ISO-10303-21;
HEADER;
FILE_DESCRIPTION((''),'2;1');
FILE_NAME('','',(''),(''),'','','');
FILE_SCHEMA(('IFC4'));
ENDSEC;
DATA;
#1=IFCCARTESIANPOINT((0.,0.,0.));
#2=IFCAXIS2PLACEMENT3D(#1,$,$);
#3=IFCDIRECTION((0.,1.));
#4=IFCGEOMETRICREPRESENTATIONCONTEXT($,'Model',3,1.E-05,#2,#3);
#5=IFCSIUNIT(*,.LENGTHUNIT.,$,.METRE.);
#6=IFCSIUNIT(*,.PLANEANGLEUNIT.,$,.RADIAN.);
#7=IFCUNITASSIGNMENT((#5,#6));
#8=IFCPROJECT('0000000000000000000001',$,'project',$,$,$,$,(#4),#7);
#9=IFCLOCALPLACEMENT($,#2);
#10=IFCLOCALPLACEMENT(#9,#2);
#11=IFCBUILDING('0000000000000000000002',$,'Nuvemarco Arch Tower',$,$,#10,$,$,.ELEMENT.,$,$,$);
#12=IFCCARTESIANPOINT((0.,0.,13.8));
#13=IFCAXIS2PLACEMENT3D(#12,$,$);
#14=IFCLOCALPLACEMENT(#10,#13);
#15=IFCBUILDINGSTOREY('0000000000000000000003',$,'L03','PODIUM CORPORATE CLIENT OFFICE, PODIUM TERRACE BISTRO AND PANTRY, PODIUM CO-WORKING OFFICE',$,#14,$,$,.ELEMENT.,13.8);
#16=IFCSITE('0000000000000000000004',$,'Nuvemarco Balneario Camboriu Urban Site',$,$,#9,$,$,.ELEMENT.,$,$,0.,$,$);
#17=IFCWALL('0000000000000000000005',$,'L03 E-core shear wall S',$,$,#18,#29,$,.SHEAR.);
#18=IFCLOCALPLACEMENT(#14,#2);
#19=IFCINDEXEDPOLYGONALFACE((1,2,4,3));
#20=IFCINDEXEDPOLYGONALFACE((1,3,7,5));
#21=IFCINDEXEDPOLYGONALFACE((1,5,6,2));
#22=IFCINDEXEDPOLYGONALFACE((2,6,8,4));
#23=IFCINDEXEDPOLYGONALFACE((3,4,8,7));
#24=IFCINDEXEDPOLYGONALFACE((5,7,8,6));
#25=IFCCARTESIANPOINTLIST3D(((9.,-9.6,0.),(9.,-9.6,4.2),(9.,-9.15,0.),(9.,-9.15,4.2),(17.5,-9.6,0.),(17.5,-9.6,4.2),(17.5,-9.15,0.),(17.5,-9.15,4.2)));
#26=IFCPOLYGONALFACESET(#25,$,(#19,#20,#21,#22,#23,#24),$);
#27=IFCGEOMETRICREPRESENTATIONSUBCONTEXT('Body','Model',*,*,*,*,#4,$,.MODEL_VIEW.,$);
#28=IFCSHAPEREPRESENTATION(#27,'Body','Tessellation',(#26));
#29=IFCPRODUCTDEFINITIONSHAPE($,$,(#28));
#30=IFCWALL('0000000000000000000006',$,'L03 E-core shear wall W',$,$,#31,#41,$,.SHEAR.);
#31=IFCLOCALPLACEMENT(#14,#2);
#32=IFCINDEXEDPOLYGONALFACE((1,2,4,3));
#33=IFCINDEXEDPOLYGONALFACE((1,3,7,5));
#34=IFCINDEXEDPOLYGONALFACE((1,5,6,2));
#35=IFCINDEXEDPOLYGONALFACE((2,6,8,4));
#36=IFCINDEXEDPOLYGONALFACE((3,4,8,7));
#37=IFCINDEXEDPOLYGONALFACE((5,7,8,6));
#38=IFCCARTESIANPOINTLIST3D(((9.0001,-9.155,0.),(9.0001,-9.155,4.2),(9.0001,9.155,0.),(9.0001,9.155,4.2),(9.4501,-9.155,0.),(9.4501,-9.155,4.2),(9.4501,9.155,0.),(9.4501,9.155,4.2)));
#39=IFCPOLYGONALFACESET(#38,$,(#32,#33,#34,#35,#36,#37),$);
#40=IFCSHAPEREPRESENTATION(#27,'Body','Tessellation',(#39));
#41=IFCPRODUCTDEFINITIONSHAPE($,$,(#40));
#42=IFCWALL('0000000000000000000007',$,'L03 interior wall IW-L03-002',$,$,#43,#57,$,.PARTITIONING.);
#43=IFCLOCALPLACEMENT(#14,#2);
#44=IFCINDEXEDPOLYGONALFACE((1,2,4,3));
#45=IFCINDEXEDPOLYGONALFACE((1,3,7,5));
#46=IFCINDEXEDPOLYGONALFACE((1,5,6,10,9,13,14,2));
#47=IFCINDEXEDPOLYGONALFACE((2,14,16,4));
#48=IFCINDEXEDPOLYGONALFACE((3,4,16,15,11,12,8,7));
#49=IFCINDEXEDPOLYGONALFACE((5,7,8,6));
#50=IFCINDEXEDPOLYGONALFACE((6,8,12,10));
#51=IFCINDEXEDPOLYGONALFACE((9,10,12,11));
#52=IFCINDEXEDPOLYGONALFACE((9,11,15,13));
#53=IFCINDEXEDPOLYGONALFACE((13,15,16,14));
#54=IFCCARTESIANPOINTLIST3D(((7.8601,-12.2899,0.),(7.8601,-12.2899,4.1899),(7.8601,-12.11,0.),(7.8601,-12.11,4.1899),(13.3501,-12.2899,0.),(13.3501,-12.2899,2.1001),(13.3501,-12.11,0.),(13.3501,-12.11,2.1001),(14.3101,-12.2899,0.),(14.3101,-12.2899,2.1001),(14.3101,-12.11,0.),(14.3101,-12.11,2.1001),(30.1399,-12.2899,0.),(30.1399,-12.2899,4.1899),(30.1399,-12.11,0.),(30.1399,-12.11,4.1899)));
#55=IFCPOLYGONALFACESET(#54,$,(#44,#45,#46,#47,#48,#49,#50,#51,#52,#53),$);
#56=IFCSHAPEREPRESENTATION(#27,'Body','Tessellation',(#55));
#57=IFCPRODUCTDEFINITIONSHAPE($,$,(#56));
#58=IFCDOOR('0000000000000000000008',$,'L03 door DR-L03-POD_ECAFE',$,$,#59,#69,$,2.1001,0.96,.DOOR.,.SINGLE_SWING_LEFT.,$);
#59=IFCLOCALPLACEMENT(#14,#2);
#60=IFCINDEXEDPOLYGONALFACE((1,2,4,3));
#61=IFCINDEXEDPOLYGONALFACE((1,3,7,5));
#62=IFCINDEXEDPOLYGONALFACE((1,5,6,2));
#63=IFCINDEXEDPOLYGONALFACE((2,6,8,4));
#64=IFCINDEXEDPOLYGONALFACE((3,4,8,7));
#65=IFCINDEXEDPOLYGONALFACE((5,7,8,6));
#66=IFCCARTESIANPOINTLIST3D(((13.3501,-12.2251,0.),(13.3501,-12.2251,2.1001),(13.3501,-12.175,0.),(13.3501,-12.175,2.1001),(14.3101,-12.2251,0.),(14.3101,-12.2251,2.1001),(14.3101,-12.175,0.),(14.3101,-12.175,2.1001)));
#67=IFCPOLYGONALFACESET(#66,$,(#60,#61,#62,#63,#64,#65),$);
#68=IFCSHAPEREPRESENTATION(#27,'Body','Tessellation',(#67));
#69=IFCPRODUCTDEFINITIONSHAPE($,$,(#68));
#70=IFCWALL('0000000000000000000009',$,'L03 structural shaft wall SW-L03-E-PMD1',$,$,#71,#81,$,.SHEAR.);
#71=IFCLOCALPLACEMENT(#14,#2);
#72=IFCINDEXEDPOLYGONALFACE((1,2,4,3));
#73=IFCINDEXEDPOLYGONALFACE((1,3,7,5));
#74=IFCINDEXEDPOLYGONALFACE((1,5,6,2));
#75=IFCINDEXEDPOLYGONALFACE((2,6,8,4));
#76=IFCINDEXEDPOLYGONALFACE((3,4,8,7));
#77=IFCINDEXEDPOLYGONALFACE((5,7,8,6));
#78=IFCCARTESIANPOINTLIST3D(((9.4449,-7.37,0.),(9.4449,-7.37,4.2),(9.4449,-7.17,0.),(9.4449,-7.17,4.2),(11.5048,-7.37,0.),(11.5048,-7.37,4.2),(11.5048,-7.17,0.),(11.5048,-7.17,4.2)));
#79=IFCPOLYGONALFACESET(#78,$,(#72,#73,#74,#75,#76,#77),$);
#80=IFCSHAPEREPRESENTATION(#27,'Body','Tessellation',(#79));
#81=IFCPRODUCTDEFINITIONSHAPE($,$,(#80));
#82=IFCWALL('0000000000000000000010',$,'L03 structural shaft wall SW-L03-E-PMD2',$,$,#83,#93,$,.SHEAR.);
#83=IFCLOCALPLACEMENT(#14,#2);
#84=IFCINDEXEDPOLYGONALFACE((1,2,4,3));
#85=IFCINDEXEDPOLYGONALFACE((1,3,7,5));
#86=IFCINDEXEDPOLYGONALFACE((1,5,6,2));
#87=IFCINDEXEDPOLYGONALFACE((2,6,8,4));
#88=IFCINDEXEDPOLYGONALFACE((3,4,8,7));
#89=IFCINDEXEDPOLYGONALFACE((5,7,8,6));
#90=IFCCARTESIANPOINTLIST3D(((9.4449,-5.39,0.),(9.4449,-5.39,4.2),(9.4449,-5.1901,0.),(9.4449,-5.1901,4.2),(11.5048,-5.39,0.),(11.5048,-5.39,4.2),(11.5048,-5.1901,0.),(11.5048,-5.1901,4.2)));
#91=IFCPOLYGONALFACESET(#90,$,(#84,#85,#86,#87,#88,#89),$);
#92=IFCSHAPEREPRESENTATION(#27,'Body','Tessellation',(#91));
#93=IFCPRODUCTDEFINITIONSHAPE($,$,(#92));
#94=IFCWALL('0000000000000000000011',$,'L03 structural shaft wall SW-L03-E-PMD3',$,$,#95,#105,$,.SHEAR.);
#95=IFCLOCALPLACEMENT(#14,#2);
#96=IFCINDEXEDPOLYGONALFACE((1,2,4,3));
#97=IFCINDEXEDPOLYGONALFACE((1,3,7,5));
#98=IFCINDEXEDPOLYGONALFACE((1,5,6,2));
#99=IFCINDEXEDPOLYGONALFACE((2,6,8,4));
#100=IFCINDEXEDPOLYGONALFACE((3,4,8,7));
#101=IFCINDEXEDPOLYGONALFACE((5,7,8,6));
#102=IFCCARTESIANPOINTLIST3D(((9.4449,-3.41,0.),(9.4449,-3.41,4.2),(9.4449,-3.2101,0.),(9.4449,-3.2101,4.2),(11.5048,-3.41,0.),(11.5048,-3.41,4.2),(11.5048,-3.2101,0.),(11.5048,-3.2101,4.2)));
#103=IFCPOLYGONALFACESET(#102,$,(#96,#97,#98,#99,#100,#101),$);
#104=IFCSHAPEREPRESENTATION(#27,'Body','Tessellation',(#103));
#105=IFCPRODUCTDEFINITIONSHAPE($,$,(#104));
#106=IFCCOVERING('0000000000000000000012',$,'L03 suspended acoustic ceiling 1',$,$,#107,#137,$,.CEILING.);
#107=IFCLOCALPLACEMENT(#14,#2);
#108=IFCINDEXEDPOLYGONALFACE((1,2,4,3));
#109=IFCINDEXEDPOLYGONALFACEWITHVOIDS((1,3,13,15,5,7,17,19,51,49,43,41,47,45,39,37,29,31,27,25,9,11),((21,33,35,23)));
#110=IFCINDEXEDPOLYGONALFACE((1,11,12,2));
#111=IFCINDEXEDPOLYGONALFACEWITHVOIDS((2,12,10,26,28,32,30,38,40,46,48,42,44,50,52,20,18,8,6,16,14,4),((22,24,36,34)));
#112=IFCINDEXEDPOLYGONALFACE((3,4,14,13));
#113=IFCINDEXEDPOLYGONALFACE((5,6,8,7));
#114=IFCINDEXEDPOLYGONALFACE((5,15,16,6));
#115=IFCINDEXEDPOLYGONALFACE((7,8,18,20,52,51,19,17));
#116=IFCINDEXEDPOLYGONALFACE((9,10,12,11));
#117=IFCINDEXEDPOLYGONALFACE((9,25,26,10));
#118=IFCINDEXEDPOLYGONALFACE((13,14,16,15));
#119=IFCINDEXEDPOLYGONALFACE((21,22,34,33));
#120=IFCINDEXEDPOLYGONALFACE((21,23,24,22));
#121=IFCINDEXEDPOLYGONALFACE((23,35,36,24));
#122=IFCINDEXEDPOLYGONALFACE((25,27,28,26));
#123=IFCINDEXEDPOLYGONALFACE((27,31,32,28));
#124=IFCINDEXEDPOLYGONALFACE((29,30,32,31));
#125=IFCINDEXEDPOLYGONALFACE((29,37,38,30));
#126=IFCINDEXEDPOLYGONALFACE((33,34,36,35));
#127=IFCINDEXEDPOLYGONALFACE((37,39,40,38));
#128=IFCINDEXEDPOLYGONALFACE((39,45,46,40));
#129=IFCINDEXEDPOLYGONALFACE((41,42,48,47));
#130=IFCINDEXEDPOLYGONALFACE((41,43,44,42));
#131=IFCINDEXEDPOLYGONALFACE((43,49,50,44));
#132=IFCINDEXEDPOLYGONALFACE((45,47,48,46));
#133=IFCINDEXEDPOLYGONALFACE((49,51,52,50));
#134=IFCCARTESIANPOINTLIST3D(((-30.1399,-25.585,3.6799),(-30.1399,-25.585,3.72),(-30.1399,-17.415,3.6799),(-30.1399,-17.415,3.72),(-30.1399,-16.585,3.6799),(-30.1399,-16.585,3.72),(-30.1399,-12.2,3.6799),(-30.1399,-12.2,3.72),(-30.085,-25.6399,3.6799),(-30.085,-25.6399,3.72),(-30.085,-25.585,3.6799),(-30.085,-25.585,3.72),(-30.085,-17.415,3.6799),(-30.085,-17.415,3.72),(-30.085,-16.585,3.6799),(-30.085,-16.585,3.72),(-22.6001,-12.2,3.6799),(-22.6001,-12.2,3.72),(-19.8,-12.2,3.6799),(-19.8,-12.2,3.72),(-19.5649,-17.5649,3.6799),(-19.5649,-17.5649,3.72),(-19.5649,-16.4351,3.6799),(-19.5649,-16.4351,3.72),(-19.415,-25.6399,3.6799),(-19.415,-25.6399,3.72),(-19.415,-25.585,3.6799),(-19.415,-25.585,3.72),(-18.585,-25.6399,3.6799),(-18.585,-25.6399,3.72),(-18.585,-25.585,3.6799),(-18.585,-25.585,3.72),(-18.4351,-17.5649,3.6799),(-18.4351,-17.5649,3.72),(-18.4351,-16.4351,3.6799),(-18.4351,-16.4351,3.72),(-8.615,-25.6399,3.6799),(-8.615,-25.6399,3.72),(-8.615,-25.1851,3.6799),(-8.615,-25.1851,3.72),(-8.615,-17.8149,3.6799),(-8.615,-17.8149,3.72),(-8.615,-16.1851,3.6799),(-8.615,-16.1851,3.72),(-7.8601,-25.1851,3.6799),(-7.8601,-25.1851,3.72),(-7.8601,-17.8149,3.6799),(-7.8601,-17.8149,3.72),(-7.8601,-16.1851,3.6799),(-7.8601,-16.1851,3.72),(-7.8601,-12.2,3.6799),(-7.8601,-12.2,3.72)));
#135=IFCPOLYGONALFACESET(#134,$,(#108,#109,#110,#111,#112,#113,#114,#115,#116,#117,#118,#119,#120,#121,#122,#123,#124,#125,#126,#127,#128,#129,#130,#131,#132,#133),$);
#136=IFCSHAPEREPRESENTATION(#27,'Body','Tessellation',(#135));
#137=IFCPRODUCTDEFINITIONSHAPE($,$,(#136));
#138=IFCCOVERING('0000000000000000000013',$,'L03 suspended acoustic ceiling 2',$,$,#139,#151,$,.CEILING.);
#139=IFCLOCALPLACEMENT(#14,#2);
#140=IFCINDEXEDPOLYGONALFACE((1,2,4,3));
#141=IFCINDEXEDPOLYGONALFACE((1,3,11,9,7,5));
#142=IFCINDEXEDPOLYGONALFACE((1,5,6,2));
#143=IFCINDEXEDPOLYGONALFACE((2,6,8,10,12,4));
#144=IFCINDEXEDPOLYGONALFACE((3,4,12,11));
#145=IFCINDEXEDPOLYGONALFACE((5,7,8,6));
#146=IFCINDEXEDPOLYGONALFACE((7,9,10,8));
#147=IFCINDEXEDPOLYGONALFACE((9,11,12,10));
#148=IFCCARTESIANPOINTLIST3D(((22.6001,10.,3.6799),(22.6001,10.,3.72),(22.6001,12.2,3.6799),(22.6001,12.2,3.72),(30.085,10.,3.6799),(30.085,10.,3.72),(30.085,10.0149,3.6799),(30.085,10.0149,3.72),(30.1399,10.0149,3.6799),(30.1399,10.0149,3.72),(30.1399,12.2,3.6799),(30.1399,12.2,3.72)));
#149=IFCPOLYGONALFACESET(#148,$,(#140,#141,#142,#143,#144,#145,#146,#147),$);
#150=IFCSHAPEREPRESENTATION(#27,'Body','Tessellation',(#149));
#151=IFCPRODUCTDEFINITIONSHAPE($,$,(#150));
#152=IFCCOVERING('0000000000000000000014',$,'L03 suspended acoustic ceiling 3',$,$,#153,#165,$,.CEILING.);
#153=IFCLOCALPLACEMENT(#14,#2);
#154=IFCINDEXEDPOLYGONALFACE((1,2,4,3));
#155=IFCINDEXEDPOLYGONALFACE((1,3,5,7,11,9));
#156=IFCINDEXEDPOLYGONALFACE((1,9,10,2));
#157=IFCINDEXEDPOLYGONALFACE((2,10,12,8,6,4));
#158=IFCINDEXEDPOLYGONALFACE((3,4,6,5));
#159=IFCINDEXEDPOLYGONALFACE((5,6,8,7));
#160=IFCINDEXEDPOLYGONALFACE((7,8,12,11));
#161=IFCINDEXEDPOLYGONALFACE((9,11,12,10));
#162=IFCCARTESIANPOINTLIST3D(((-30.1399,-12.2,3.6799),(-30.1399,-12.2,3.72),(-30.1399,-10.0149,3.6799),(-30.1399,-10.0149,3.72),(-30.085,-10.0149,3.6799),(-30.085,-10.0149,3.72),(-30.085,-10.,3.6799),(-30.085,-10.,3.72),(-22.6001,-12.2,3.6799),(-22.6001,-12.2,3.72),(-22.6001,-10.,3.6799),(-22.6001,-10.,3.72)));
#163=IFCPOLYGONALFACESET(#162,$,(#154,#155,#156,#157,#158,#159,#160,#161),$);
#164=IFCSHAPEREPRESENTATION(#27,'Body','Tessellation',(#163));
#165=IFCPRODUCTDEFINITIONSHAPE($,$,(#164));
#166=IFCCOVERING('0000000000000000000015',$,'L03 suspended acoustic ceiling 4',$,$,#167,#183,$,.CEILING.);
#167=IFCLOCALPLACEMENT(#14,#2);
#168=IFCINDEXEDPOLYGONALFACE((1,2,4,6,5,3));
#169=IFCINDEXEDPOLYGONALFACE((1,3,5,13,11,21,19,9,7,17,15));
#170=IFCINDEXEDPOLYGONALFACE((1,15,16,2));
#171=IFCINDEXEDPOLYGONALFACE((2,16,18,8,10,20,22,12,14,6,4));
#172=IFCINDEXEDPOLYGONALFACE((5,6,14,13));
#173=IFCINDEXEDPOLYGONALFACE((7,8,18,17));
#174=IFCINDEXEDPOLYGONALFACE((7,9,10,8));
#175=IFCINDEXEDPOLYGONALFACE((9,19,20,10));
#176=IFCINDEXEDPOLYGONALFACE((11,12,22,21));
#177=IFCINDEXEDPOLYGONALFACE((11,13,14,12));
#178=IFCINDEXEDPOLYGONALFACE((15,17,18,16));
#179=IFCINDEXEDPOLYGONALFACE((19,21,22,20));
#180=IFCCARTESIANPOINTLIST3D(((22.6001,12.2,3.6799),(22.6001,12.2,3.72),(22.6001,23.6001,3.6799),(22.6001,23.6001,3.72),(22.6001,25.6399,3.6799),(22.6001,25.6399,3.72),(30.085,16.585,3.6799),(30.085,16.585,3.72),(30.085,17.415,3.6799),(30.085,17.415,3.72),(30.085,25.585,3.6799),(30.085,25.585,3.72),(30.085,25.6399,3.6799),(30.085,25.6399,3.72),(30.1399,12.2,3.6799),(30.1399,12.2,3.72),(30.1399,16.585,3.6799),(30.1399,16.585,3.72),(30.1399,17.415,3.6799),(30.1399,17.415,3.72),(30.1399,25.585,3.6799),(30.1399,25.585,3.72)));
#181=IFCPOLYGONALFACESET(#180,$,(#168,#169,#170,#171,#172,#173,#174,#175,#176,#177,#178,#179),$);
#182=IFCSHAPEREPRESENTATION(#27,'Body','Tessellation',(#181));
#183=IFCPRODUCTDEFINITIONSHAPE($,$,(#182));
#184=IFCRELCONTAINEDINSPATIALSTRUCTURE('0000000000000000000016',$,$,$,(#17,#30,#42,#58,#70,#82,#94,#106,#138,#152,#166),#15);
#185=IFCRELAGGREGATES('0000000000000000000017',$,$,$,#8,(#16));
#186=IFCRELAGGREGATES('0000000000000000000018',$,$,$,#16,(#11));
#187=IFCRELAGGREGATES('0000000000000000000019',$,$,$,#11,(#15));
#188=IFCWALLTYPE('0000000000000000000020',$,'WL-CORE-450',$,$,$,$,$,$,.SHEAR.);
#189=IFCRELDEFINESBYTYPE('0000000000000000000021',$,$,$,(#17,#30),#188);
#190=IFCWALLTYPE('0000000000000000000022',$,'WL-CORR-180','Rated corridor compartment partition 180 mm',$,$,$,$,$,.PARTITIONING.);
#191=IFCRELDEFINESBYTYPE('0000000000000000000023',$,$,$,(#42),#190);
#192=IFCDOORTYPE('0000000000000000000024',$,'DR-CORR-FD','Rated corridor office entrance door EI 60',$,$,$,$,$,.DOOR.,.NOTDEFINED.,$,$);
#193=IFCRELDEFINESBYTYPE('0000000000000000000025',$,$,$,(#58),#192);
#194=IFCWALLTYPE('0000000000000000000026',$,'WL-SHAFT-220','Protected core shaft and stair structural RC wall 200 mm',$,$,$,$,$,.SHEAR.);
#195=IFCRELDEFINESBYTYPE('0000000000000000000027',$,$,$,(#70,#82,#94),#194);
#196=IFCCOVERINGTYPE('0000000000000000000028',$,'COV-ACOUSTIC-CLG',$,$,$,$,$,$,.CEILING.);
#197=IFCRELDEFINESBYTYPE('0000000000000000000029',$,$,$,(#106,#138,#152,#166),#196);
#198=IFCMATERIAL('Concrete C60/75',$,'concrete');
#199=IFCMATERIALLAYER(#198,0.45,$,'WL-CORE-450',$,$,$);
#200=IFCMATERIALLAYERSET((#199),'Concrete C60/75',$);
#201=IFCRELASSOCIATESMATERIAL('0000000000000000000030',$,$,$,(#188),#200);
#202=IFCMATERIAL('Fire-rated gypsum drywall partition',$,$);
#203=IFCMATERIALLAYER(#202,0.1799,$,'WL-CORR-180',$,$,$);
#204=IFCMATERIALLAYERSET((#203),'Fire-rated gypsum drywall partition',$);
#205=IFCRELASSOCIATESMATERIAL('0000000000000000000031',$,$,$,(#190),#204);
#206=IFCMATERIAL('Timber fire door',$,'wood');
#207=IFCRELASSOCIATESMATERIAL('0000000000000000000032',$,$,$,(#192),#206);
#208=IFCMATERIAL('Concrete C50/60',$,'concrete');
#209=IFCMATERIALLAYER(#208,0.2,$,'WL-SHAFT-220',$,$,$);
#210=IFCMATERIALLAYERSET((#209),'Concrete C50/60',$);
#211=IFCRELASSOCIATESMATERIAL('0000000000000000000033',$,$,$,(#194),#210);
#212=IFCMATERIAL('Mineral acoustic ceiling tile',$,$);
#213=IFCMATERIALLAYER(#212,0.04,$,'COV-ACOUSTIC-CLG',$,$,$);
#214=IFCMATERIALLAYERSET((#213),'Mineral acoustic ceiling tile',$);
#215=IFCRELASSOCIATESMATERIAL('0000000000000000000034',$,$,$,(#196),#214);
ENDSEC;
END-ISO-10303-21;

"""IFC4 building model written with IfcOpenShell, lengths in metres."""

from ifc_helpers import new_model, si_unit, direction, frame, frame_2d, origin, place, context, subcontext, project, spatial, polyline, rectangle, outline, extrude, source, transform, mapped, material, layer, layer_set, type_object, type_shapes, element, fill, save


model = new_model("IFC4")

# Units and contexts
model_context = context("Model", 3, precision=1e-05, world=origin(), true_north=direction((0.0, 1.0)))
body_context = subcontext(model_context, "Body", "Model", "MODEL_VIEW")
ifc_project = project(units=[si_unit("LENGTHUNIT", "METRE"), si_unit("PLANEANGLEUNIT", "RADIAN")], contexts=[model_context])

# Site, building, storey
site_placement = place(None, origin())
site = spatial("IfcSite", under=ifc_project, at=site_placement, Name="Nuvemarco Balneario Camboriu Urban Site", CompositionType="ELEMENT", RefElevation=0.0)
building_placement = place(site_placement, origin())
building = spatial("IfcBuilding", under=site, at=building_placement, Name="Nuvemarco Arch Tower", CompositionType="ELEMENT")
storey_placement = place(building_placement, frame((0.0, 0.0, 13.8)))
storey = spatial("IfcBuildingStorey", under=building, at=storey_placement, Name="L03", Description="PODIUM CORPORATE CLIENT OFFICE, PODIUM TERRACE BISTRO AND PANTRY, PODIUM CO-WORKING OFFICE", CompositionType="ELEMENT", Elevation=13.8)

# Shared definitions
ifc_material_1 = material(Name="Concrete C60/75", Category="concrete")

# Shared definitions
ifc_material_2 = material(Name="Concrete C50/60", Category="concrete")

# Walls
ifc_layer_1 = layer(ifc_material_1, 0.45, Name="WL-CORE-450")
ifc_layer_set_1 = layer_set([ifc_layer_1], Name="Concrete C60/75")
wall_type_1 = type_object("IfcWallType", Name="WL-CORE-450", PredefinedType="SHEAR", material=ifc_layer_set_1)
wall_1_placement = place(storey_placement, frame((9.0, -9.375, 0.0), z_axis=(0.0, 0.0, 1.0), x_axis=(1.0, 0.0, 0.0)))
element("IfcWall", 1, at=wall_1_placement, inside=storey, type_object=wall_type_1, Name="L03 E-core shear wall S", PredefinedType="SHEAR", context=body_context, shape_type="SweptSolid", body=[
    extrude(rectangle(XDim=8.5, YDim=0.45, at=frame_2d((4.25, 0.0))), origin(), (0.0, 0.0, 1.0), 4.2),
])
wall_2_placement = place(storey_placement, frame((9.2251, -9.155, 0.0), z_axis=(0.0, 0.0, 1.0), x_axis=(0.0, 1.0, 0.0)))
element("IfcWall", 2, at=wall_2_placement, inside=storey, type_object=wall_type_1, Name="L03 E-core shear wall W", PredefinedType="SHEAR", context=body_context, shape_type="SweptSolid", body=[
    extrude(rectangle(XDim=18.3101, YDim=0.45, at=frame_2d((9.155, 0.0))), origin(), (0.0, 0.0, 1.0), 4.2),
])

# Wall, opening, door
ifc_material_3 = material(Name="Fire-rated gypsum drywall partition")
ifc_layer_2 = layer(ifc_material_3, 0.1799, Name="WL-CORR-180")
ifc_layer_set_2 = layer_set([ifc_layer_2], Name="Fire-rated gypsum drywall partition")
wall_type_2 = type_object("IfcWallType", Name="WL-CORR-180", Description="Rated corridor compartment partition 180 mm", PredefinedType="PARTITIONING", material=ifc_layer_set_2)
wall_3_placement = place(storey_placement, frame((7.8601, -12.2, 0.0), z_axis=(0.0, 0.0, 1.0), x_axis=(1.0, 0.0, 0.0)))
wall_3 = element("IfcWall", 3, at=wall_3_placement, inside=storey, type_object=wall_type_2, Name="L03 interior wall IW-L03-002", PredefinedType="PARTITIONING", context=body_context, shape_type="SweptSolid", body=[
    extrude(rectangle(XDim=22.2798, YDim=0.1799, at=frame_2d((11.1399, 0.0))), origin(), (0.0, 0.0, 1.0), 4.1899),
])
opening_placement = place(wall_3_placement, frame((5.49, 0.0, 0.0)))
opening = element("IfcOpeningElement", 4, at=opening_placement, cuts=wall_3, PredefinedType="OPENING", context=body_context, shape_type="SweptSolid", body=[
    extrude(rectangle(XDim=0.96, YDim=2.1001, at=frame_2d((0.48, 1.05))), frame((0.0, 0.0999, 0.0), z_axis=(0.0, -1.0, 0.0), x_axis=(1.0, 0.0, 0.0)), (0.0, 0.0, 1.0), 0.2),
])
ifc_material_4 = material(Name="Timber fire door", Category="wood")
door_type = type_object("IfcDoorType", Name="DR-CORR-FD", Description="Rated corridor office entrance door EI 60", OperationType="NOTDEFINED", PredefinedType="DOOR", material=ifc_material_4)
shared_shape_1 = source(origin(), body_context, "Body", "SweptSolid", [
    extrude(rectangle(XDim=0.96, YDim=2.1001, at=frame_2d((0.48, 1.05))), frame((0.0, 0.0249, 0.0), z_axis=(0.0, -1.0, 0.0), x_axis=(1.0, 0.0, 0.0)), (0.0, 0.0, 1.0), 0.05),
])
type_shapes(door_type, [shared_shape_1])
door_placement = place(opening_placement, origin())
door = element("IfcDoor", 5, at=door_placement, inside=storey, type_object=door_type, Name="L03 door DR-L03-POD_ECAFE", OperationType="SINGLE_SWING_LEFT", OverallHeight=2.1001, OverallWidth=0.96, PredefinedType="DOOR", context=body_context, shape_type="MappedRepresentation", body=[
    mapped(shared_shape_1, transform((0.0, 0.0, 0.0), scale=1.0)),
])
fill(opening, door)

# Walls
ifc_layer_3 = layer(ifc_material_2, 0.2, Name="WL-SHAFT-220")
ifc_layer_set_3 = layer_set([ifc_layer_3], Name="Concrete C50/60")
wall_type_3 = type_object("IfcWallType", Name="WL-SHAFT-220", Description="Protected core shaft and stair structural RC wall 200 mm", PredefinedType="SHEAR", material=ifc_layer_set_3)
for number, where, z_axis, x_axis, name in (
    (6, (9.4451, -7.27, 0.0), (0.0, 0.0, 1.0), (1.0, 0.0, 0.0), "L03 structural shaft wall SW-L03-E-PMD1"),
    (7, (9.4451, -5.29, 0.0), (0.0, 0.0, 1.0), (1.0, 0.0, 0.0), "L03 structural shaft wall SW-L03-E-PMD2"),
    (8, (9.4451, -3.3101, 0.0), (0.0, 0.0, 1.0), (1.0, 0.0, 0.0), "L03 structural shaft wall SW-L03-E-PMD3"),
):
    element("IfcWall", number, at=place(storey_placement, frame(where, z_axis=z_axis, x_axis=x_axis)), inside=storey, type_object=wall_type_3, Name=name, PredefinedType="SHEAR", context=body_context, shape_type="SweptSolid", body=[
        extrude(rectangle(XDim=2.0598, YDim=0.2, at=frame_2d((1.0298, 0.0))), origin(), (0.0, 0.0, 1.0), 4.2),
    ])

# Coverings
ifc_material_5 = material(Name="Mineral acoustic ceiling tile")
ifc_layer_4 = layer(ifc_material_5, 0.04, Name="COV-ACOUSTIC-CLG")
ifc_layer_set_4 = layer_set([ifc_layer_4], Name="Mineral acoustic ceiling tile")
covering_type_1 = type_object("IfcCoveringType", Name="COV-ACOUSTIC-CLG", PredefinedType="CEILING", material=ifc_layer_set_4)
covering_1_placement = place(storey_placement, frame((0.0, 0.0, 3.6799)))
element("IfcCovering", 9, at=covering_1_placement, inside=storey, type_object=covering_type_1, Name="L03 suspended acoustic ceiling 1", PredefinedType="CEILING", context=body_context, shape_type="SweptSolid", body=[
    extrude(outline(polyline([(-30.085, -25.585), (-30.1399, -25.585), (-30.1399, -17.415), (-30.085, -17.415), (-30.085, -16.585), (-30.1399, -16.585), (-30.1399, -12.2), (-22.6001, -12.2), (-19.8, -12.2), (-7.8601, -12.2), (-7.8601, -16.1851), (-8.615, -16.1851), (-8.615, -17.8149), (-7.8601, -17.8149), (-7.8601, -25.1851), (-8.615, -25.1851), (-8.615, -25.6399), (-18.585, -25.6399), (-18.585, -25.585), (-19.415, -25.585), (-19.415, -25.6399), (-30.085, -25.6399), (-30.085, -25.585)]), holes=[polyline([(-18.4351, -16.4351), (-19.5649, -16.4351), (-19.5649, -17.5649), (-18.4351, -17.5649), (-18.4351, -16.4351)])]), origin(), (0.0, 0.0, 1.0), 0.04),
])
covering_2_placement = place(storey_placement, frame((0.0, 0.0, 3.6799)))
element("IfcCovering", 10, at=covering_2_placement, inside=storey, type_object=covering_type_1, Name="L03 suspended acoustic ceiling 2", PredefinedType="CEILING", context=body_context, shape_type="SweptSolid", body=[
    extrude(outline(polyline([(30.1399, 10.0149), (30.085, 10.0149), (30.085, 10.0), (22.6001, 10.0), (22.6001, 12.2), (30.1399, 12.2), (30.1399, 10.0149)])), origin(), (0.0, 0.0, 1.0), 0.04),
])
covering_3_placement = place(storey_placement, frame((0.0, 0.0, 3.6799)))
element("IfcCovering", 11, at=covering_3_placement, inside=storey, type_object=covering_type_1, Name="L03 suspended acoustic ceiling 3", PredefinedType="CEILING", context=body_context, shape_type="SweptSolid", body=[
    extrude(outline(polyline([(-30.1399, -10.0149), (-30.085, -10.0149), (-30.085, -10.0), (-22.6001, -10.0), (-22.6001, -12.2), (-30.1399, -12.2), (-30.1399, -10.0149)])), origin(), (0.0, 0.0, 1.0), 0.04),
])
covering_4_placement = place(storey_placement, frame((0.0, 0.0, 3.6799)))
element("IfcCovering", 12, at=covering_4_placement, inside=storey, type_object=covering_type_1, Name="L03 suspended acoustic ceiling 4", PredefinedType="CEILING", context=body_context, shape_type="SweptSolid", body=[
    extrude(outline(polyline([(30.085, 17.415), (30.085, 16.585), (30.1399, 16.585), (30.1399, 12.2), (22.6001, 12.2), (22.6001, 23.6001), (22.6001, 25.6399), (30.085, 25.6399), (30.085, 25.585), (30.1399, 25.585), (30.1399, 17.415), (30.085, 17.415)])), origin(), (0.0, 0.0, 1.0), 0.04),
])

save(model, "model.ifc")
